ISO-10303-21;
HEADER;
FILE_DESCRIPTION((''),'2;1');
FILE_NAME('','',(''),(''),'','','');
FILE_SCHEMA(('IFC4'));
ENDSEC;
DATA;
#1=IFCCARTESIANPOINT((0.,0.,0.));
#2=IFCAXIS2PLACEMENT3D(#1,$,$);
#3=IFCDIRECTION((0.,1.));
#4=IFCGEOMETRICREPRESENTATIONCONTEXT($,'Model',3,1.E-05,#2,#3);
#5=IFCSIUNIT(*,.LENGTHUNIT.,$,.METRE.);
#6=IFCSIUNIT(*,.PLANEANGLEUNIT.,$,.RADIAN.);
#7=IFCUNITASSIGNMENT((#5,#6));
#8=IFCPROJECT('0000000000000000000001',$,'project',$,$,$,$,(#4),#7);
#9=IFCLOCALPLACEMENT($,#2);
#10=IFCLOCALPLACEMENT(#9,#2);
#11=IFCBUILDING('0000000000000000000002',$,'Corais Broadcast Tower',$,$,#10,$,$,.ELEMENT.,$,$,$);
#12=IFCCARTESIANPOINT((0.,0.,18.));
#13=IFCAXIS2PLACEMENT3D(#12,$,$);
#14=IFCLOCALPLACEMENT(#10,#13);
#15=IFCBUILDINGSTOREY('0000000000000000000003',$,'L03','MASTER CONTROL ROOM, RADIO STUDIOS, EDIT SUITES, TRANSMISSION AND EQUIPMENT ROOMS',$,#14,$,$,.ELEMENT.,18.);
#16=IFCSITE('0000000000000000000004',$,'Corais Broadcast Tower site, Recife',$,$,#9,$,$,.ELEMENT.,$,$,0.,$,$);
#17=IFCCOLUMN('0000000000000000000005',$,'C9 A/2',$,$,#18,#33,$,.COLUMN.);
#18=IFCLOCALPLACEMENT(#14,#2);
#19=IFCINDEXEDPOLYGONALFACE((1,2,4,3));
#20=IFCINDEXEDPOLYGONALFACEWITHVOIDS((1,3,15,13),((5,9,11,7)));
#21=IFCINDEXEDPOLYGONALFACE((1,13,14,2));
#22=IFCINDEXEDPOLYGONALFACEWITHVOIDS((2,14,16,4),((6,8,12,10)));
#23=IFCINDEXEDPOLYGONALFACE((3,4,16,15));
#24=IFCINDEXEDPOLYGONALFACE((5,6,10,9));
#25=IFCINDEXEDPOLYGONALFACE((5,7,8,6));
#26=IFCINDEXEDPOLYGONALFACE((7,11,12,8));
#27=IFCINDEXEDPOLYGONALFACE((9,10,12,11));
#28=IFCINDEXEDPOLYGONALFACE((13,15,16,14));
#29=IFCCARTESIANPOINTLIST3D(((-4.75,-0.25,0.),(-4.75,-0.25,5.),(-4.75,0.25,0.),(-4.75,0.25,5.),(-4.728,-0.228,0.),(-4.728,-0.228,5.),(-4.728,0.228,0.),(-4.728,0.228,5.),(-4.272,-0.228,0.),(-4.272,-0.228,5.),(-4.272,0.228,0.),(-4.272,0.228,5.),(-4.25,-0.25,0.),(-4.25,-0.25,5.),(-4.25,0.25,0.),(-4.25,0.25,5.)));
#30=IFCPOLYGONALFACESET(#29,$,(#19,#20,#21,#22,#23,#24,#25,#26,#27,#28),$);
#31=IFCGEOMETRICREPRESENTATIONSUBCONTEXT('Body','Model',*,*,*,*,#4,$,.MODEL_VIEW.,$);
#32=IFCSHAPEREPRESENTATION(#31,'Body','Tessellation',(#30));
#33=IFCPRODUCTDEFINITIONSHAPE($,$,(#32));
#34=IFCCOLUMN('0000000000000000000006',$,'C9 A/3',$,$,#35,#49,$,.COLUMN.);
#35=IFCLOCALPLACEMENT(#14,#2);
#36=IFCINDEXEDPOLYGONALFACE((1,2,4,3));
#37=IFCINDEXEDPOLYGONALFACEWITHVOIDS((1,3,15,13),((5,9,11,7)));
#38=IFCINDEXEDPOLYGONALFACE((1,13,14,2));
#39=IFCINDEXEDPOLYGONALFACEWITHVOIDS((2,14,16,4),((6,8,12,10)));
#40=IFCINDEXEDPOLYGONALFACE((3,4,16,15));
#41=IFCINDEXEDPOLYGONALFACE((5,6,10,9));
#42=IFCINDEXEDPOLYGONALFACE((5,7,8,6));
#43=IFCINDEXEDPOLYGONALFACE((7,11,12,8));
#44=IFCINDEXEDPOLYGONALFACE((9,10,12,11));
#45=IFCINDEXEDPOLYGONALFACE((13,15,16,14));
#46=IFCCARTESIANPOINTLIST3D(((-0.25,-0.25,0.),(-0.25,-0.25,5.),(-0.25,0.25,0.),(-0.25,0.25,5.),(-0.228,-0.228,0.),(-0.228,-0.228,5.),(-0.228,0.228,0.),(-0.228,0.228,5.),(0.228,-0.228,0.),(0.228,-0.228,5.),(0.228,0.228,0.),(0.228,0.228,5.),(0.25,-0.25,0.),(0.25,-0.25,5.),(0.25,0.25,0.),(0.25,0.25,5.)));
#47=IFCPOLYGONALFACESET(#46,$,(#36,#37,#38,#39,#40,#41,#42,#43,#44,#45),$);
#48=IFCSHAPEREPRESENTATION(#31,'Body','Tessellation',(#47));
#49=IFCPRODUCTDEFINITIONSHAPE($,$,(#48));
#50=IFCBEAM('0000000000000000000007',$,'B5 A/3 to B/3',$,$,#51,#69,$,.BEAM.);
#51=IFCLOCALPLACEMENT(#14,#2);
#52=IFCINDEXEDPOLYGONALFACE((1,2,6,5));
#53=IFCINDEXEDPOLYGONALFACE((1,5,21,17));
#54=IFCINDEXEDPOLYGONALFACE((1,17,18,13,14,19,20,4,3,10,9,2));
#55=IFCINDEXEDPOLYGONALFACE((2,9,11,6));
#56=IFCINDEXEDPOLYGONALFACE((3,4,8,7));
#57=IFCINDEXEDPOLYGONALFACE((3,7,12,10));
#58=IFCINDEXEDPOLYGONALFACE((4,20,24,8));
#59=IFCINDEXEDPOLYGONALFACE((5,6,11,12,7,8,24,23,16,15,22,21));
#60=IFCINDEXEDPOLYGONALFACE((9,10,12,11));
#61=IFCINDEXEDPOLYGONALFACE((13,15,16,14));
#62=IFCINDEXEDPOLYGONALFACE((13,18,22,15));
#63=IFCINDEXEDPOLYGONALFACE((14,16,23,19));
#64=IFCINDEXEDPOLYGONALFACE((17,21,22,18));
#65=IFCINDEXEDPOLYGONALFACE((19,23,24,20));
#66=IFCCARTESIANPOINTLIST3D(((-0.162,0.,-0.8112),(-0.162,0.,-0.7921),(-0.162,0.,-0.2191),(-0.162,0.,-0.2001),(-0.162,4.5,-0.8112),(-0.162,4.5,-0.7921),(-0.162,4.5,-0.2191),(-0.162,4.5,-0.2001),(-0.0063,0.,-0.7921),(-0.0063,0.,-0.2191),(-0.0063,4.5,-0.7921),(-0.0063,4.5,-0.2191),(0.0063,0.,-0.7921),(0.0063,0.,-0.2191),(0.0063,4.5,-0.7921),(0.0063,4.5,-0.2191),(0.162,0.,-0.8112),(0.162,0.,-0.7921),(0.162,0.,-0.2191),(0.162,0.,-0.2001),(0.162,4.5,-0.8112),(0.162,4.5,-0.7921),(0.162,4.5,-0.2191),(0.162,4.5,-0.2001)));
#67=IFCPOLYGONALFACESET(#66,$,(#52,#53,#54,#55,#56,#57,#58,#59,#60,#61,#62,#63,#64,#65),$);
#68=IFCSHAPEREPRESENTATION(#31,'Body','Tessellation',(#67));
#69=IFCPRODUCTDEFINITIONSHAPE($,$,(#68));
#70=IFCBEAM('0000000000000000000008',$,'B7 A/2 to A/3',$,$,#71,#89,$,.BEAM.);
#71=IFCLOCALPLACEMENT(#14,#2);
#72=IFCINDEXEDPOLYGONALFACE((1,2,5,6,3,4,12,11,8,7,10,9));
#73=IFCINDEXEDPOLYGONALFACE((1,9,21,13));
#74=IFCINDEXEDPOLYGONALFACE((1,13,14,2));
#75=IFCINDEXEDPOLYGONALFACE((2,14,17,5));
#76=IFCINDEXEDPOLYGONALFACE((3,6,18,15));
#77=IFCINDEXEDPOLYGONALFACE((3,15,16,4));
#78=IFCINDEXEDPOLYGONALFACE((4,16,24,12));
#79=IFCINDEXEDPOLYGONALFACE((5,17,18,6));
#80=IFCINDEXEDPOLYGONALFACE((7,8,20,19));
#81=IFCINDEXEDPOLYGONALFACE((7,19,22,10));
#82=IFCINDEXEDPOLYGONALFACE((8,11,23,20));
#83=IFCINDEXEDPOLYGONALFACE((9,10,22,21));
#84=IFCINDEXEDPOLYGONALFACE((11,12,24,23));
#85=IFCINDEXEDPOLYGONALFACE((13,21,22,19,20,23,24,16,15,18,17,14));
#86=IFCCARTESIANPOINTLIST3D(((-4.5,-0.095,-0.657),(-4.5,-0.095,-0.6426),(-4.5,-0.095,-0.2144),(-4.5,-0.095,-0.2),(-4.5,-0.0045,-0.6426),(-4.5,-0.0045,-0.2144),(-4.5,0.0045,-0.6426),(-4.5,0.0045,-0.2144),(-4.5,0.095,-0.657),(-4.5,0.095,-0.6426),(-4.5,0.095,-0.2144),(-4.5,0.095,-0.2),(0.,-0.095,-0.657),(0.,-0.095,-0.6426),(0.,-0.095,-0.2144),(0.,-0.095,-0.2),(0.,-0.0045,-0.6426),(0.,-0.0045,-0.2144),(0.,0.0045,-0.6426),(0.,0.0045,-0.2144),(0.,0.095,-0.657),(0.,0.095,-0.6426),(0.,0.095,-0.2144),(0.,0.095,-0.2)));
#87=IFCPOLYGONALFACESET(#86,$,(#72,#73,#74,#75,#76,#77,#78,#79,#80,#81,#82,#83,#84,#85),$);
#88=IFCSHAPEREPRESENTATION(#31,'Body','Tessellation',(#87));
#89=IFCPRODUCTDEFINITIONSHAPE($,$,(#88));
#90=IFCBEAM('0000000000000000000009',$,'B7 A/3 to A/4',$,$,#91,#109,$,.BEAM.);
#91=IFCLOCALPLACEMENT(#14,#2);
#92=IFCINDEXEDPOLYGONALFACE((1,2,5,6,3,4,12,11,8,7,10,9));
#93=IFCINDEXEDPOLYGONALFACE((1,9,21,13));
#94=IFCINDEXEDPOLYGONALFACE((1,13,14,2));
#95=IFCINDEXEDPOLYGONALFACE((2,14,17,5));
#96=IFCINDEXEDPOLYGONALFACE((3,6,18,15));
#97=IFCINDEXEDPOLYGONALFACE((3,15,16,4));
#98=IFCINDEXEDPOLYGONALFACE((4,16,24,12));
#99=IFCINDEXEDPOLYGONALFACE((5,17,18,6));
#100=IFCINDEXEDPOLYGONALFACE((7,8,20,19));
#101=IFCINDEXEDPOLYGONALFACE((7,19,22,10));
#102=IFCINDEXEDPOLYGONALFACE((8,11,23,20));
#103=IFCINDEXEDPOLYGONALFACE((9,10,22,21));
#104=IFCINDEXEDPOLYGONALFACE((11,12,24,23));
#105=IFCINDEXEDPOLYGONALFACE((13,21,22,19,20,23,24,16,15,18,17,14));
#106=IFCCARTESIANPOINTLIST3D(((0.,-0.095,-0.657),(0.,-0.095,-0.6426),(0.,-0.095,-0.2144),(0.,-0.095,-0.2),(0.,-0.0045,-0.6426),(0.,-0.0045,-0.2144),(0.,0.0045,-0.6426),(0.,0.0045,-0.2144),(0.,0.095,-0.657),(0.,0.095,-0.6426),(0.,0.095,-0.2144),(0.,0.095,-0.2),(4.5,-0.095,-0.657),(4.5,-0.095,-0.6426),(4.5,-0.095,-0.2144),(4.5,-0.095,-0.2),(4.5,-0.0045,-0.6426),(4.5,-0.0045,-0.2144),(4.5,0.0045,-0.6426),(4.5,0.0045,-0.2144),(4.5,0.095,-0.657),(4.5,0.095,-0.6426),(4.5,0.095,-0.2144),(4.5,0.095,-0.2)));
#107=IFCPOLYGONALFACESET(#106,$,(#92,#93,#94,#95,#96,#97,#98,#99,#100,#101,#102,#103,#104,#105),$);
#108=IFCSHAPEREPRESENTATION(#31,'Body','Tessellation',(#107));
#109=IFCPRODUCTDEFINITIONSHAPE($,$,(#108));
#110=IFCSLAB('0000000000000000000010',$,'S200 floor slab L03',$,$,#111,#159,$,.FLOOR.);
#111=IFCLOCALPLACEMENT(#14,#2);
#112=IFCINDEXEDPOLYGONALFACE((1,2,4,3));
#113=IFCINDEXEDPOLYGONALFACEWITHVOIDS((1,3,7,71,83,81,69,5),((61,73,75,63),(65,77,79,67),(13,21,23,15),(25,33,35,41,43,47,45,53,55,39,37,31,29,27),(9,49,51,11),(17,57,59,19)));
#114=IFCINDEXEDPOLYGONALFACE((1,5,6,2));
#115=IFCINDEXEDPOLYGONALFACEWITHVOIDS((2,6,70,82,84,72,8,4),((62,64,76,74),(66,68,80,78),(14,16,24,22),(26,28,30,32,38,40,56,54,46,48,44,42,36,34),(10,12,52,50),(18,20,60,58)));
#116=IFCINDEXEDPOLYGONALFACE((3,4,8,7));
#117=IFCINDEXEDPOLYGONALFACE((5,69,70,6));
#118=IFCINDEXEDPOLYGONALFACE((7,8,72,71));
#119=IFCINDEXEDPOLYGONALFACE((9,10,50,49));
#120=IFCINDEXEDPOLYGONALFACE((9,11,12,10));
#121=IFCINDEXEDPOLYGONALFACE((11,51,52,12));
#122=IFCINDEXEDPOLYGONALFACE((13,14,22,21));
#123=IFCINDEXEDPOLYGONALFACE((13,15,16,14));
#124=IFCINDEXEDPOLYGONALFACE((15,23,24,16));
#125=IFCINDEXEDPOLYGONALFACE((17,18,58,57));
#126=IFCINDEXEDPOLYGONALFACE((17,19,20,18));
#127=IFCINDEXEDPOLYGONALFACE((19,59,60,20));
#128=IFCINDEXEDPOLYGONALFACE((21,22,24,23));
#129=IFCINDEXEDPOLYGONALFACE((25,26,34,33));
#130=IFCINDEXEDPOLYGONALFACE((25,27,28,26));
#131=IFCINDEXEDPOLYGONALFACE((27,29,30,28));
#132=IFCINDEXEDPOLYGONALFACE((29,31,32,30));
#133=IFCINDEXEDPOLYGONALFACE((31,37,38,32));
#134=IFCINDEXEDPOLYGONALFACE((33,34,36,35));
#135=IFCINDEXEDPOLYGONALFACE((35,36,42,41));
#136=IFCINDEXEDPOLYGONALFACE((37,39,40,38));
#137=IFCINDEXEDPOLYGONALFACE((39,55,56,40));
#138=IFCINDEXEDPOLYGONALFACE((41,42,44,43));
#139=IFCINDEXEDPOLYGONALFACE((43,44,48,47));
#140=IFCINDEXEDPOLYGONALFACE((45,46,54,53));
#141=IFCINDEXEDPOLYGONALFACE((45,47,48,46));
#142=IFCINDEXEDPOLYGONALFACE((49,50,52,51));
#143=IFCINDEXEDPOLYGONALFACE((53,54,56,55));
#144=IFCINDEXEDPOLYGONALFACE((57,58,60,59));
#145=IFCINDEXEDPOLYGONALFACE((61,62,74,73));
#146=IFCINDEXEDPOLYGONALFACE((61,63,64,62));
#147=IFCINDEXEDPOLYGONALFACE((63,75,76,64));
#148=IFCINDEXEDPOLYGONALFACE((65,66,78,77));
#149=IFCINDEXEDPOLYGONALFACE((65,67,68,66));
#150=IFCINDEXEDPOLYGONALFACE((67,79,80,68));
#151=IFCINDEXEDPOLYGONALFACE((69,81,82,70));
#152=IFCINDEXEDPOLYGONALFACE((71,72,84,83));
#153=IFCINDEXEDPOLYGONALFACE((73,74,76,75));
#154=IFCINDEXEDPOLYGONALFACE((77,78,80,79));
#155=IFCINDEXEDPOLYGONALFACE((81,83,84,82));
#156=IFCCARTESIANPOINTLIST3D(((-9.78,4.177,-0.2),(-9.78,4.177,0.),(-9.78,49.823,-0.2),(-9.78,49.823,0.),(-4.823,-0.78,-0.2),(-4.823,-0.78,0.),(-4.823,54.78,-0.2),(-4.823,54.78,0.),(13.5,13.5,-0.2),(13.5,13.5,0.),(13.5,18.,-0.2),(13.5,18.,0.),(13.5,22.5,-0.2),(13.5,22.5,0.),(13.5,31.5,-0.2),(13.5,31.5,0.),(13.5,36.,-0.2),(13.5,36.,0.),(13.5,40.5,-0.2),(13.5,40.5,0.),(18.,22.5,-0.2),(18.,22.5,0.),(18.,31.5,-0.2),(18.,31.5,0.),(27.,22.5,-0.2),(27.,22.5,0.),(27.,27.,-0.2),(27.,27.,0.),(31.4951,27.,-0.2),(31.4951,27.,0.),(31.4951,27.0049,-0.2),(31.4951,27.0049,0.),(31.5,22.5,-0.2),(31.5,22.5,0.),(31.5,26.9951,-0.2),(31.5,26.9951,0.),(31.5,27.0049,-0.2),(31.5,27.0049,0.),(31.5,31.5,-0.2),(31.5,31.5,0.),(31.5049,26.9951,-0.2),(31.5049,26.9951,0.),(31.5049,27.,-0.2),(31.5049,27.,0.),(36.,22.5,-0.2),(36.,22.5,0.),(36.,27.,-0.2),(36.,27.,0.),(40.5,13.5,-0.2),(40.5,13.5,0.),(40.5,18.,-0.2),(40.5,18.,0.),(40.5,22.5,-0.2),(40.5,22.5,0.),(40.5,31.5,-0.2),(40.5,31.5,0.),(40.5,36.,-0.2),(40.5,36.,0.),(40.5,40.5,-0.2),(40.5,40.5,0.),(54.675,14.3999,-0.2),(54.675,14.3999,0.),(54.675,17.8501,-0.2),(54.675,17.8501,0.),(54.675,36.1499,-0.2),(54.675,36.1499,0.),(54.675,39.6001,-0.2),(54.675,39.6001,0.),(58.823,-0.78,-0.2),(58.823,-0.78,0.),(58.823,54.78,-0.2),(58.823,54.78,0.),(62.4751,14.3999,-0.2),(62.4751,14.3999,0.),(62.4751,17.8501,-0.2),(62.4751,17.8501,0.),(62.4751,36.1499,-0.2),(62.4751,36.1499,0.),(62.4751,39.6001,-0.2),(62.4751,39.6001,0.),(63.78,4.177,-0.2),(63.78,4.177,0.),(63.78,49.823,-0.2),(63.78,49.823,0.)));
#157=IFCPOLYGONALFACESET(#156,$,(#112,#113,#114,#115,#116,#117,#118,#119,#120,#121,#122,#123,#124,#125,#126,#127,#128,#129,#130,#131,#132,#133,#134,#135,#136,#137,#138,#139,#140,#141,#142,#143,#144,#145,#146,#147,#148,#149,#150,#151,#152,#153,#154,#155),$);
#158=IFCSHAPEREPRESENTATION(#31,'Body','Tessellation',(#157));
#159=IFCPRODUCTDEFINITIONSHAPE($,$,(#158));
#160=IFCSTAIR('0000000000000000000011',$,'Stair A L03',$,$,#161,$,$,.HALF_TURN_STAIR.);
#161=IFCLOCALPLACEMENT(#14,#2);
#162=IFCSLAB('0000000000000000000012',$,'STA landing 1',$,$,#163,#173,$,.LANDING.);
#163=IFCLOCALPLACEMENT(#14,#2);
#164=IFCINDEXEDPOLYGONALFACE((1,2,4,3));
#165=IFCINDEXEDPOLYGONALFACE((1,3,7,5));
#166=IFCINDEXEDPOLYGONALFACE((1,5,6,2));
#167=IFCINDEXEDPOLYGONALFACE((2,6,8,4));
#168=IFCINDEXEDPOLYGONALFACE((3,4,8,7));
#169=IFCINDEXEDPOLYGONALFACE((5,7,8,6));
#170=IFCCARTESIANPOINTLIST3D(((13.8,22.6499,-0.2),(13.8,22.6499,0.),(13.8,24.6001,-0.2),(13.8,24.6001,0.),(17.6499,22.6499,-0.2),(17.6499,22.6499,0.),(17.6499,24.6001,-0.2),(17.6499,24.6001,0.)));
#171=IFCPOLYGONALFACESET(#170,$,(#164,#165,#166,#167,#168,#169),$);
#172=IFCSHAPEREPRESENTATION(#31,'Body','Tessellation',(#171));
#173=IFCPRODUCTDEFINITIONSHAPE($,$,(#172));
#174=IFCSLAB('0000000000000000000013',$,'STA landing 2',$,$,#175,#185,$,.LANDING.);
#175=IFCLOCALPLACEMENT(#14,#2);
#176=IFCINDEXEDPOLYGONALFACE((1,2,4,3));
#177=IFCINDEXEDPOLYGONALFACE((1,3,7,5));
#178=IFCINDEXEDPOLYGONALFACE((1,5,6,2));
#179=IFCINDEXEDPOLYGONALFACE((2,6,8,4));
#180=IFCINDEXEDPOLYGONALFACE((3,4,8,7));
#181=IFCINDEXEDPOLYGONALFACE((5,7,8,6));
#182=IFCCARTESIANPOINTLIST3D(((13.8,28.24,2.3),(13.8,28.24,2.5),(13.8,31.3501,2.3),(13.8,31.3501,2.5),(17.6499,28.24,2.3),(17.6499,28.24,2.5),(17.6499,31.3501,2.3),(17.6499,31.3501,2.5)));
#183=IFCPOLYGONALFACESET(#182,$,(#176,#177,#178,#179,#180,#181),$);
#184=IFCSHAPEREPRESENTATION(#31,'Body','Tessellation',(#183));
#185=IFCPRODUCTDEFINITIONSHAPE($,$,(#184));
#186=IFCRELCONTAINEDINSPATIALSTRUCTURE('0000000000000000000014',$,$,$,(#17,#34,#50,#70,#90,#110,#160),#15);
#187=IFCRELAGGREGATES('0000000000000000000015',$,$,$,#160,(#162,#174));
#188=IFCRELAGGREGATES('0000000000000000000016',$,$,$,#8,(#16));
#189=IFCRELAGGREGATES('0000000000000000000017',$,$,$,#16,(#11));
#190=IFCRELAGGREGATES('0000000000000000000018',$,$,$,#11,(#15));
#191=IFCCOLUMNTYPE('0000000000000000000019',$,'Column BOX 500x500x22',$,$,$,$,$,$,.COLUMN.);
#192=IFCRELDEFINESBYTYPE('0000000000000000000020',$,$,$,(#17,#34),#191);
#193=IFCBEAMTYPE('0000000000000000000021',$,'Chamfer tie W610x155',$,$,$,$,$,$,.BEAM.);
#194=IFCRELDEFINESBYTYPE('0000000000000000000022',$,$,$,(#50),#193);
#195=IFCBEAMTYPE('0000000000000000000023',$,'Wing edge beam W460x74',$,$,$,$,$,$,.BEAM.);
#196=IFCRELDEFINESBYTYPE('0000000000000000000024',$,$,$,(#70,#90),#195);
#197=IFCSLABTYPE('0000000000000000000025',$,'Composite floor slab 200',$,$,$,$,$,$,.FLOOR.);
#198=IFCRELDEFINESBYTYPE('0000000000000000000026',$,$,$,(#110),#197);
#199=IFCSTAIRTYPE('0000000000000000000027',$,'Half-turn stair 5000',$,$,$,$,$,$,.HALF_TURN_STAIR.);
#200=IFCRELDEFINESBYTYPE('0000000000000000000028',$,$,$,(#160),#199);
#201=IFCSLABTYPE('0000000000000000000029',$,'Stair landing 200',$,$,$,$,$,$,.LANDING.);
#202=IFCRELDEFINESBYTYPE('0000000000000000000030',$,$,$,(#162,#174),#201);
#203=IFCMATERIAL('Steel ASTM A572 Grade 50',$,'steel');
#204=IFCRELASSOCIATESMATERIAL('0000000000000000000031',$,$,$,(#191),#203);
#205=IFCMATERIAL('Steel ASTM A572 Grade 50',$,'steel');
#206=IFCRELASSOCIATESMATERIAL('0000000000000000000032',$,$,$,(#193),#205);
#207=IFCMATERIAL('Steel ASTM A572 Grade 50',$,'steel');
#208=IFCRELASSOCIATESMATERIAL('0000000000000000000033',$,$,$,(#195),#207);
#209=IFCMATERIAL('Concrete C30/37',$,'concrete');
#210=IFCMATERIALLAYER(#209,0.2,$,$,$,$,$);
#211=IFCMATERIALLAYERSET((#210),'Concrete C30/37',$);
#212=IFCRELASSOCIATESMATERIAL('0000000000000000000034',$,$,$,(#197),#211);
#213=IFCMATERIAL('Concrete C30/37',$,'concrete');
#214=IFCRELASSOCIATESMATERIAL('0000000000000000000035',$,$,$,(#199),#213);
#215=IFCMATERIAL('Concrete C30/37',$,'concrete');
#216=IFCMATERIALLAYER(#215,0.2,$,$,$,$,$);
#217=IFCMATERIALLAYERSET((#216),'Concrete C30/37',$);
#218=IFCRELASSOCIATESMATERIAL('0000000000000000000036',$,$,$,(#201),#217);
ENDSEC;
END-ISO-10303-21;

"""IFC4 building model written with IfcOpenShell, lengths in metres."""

from ifc_helpers import new_model, si_unit, direction, frame, origin, origin_2d, place, context, subcontext, project, spatial, polyline, hollow_rectangle, i_section, outline, extrude, material, layer, layer_set, material_profile, profile_set, type_object, element, aggregate, save


model = new_model("IFC4")

# Units and contexts
model_context = context("Model", 3, precision=1e-05, world=origin(), true_north=direction((0.0, 1.0)))
body_context = subcontext(model_context, "Body", "Model", "MODEL_VIEW")
ifc_project = project(units=[si_unit("LENGTHUNIT", "METRE"), si_unit("PLANEANGLEUNIT", "RADIAN")], contexts=[model_context])

# Site, building, storey
site_placement = place(None, origin())
site = spatial("IfcSite", under=ifc_project, at=site_placement, Name="Corais Broadcast Tower site, Recife", CompositionType="ELEMENT", RefElevation=0.0)
building_placement = place(site_placement, origin())
building = spatial("IfcBuilding", under=site, at=building_placement, Name="Corais Broadcast Tower", CompositionType="ELEMENT")
storey_placement = place(building_placement, frame((0.0, 0.0, 18.0)))
storey = spatial("IfcBuildingStorey", under=building, at=storey_placement, Name="L03", Description="MASTER CONTROL ROOM, RADIO STUDIOS, EDIT SUITES, TRANSMISSION AND EQUIPMENT ROOMS", CompositionType="ELEMENT", Elevation=18.0)

# Columns
ifc_material_1 = material(Name="Steel ASTM A572 Grade 50", Category="steel")
ifc_material_profile_1 = material_profile(ifc_material_1, hollow_rectangle(XDim=0.5, YDim=0.5, WallThickness=0.022, at=origin_2d()), Name="BOX 500x500x22")
ifc_profile_set_1 = profile_set([ifc_material_profile_1], Name="Steel ASTM A572 Grade 50")
column_type = type_object("IfcColumnType", Name="Column BOX 500x500x22", PredefinedType="COLUMN", material=ifc_profile_set_1)
for number, where, z_axis, x_axis, name in (
    (1, (-4.5, 0.0, 0.0), (0.0, 0.0, 1.0), (1.0, 0.0, 0.0), "C9 A/2"),
    (2, (0.0, 0.0, 0.0), (0.0, 0.0, 1.0), (1.0, 0.0, 0.0), "C9 A/3"),
):
    element("IfcColumn", number, at=place(storey_placement, frame(where, z_axis=z_axis, x_axis=x_axis)), inside=storey, type_object=column_type, Name=name, PredefinedType="COLUMN", context=body_context, shape_type="SweptSolid", body=[
        extrude(hollow_rectangle(XDim=0.5, YDim=0.5, WallThickness=0.022, at=origin_2d()), origin(), (0.0, 0.0, 1.0), 5.0),
    ])

# Beams
ifc_material_2 = material(Name="Steel ASTM A572 Grade 50", Category="steel")
ifc_material_profile_2 = material_profile(ifc_material_2, i_section(OverallWidth=0.324, OverallDepth=0.6111, WebThickness=0.0127, FlangeThickness=0.019, at=origin_2d()), Name="W610x155")
ifc_profile_set_2 = profile_set([ifc_material_profile_2], Name="Steel ASTM A572 Grade 50")
beam_type_1 = type_object("IfcBeamType", Name="Chamfer tie W610x155", PredefinedType="BEAM", material=ifc_profile_set_2)
beam_placement = place(storey_placement, frame((0.0, 0.0, -0.5056), z_axis=(0.0, 1.0, 0.0), x_axis=(-1.0, 0.0, 0.0)))
element("IfcBeam", 3, at=beam_placement, inside=storey, type_object=beam_type_1, Name="B5 A/3 to B/3", PredefinedType="BEAM", context=body_context, shape_type="SweptSolid", body=[
    extrude(i_section(OverallWidth=0.324, OverallDepth=0.6111, WebThickness=0.0127, FlangeThickness=0.019, at=origin_2d()), origin(), (0.0, 0.0, 1.0), 4.5),
])
ifc_material_3 = material(Name="Steel ASTM A572 Grade 50", Category="steel")
ifc_material_profile_3 = material_profile(ifc_material_3, i_section(OverallWidth=0.1899, OverallDepth=0.457, WebThickness=0.009, FlangeThickness=0.0144, at=origin_2d()), Name="W460x74")
ifc_profile_set_3 = profile_set([ifc_material_profile_3], Name="Steel ASTM A572 Grade 50")
beam_type_2 = type_object("IfcBeamType", Name="Wing edge beam W460x74", PredefinedType="BEAM", material=ifc_profile_set_3)
for number, where, z_axis, x_axis, name in (
    (4, (-4.5, 0.0, -0.4285), (1.0, 0.0, 0.0), (0.0, 1.0, 0.0), "B7 A/2 to A/3"),
    (5, (0.0, 0.0, -0.4285), (1.0, 0.0, 0.0), (0.0, 1.0, 0.0), "B7 A/3 to A/4"),
):
    element("IfcBeam", number, at=place(storey_placement, frame(where, z_axis=z_axis, x_axis=x_axis)), inside=storey, type_object=beam_type_2, Name=name, PredefinedType="BEAM", context=body_context, shape_type="SweptSolid", body=[
        extrude(i_section(OverallWidth=0.1899, OverallDepth=0.457, WebThickness=0.009, FlangeThickness=0.0144, at=origin_2d()), origin(), (0.0, 0.0, 1.0), 4.5),
    ])

# Slab
ifc_material_4 = material(Name="Concrete C30/37", Category="concrete")
ifc_layer_1 = layer(ifc_material_4, 0.2)
ifc_layer_set_1 = layer_set([ifc_layer_1], Name="Concrete C30/37")
slab_type_1 = type_object("IfcSlabType", Name="Composite floor slab 200", PredefinedType="FLOOR", material=ifc_layer_set_1)
slab_1_placement = place(storey_placement, frame((0.0, 0.0, -0.2)))
element("IfcSlab", 6, at=slab_1_placement, inside=storey, type_object=slab_type_1, Name="S200 floor slab L03", PredefinedType="FLOOR", context=body_context, shape_type="SweptSolid", body=[
    extrude(outline(polyline([(-4.823, -0.78), (-9.78, 4.177), (-9.78, 49.823), (-4.823, 54.78), (58.823, 54.78), (63.78, 49.823), (63.78, 4.177), (58.823, -0.78), (-4.823, -0.78)]), holes=[polyline([(13.5, 18.0), (40.5, 18.0), (40.5, 13.5), (13.5, 13.5), (13.5, 18.0)]), polyline([(18.0, 22.5), (13.5, 22.5), (13.5, 31.5), (18.0, 31.5), (18.0, 22.5)]), polyline([(13.5, 40.5), (40.5, 40.5), (40.5, 36.0), (13.5, 36.0), (13.5, 40.5)]), polyline([(27.0, 22.5), (27.0, 27.0), (31.4951, 27.0), (31.4951, 27.0049), (31.5, 27.0049), (31.5, 31.5), (40.5, 31.5), (40.5, 22.5), (36.0, 22.5), (36.0, 27.0), (31.5049, 27.0), (31.5049, 26.9951), (31.5, 26.9951), (31.5, 22.5), (27.0, 22.5)]), polyline([(54.675, 14.3999), (54.675, 17.8501), (62.4751, 17.8501), (62.4751, 14.3999), (54.675, 14.3999)]), polyline([(54.675, 36.1499), (54.675, 39.6001), (62.4751, 39.6001), (62.4751, 36.1499), (54.675, 36.1499)])]), origin(), (0.0, 0.0, 1.0), 0.2),
])

# Stair, slabs
ifc_material_5 = material(Name="Concrete C30/37", Category="concrete")
stair_type = type_object("IfcStairType", Name="Half-turn stair 5000", PredefinedType="HALF_TURN_STAIR", material=ifc_material_5)
stair_1_placement = place(storey_placement, origin())
stair_1 = element("IfcStair", 7, at=stair_1_placement, inside=storey, type_object=stair_type, Name="Stair A L03", PredefinedType="HALF_TURN_STAIR")
ifc_material_6 = material(Name="Concrete C30/37", Category="concrete")
ifc_layer_2 = layer(ifc_material_6, 0.2)
ifc_layer_set_2 = layer_set([ifc_layer_2], Name="Concrete C30/37")
slab_type_2 = type_object("IfcSlabType", Name="Stair landing 200", PredefinedType="LANDING", material=ifc_layer_set_2)
slab_2_placement = place(storey_placement, frame((0.0, 0.0, -0.2)))
slab_2 = element("IfcSlab", 8, at=slab_2_placement, type_object=slab_type_2, Name="STA landing 1", PredefinedType="LANDING", context=body_context, shape_type="SweptSolid", body=[
    extrude(outline(polyline([(13.8, 22.6499), (17.6499, 22.6499), (17.6499, 24.6001), (13.8, 24.6001), (13.8, 22.6499)])), origin(), (0.0, 0.0, 1.0), 0.2),
])
slab_3_placement = place(storey_placement, frame((0.0, 0.0, 2.3)))
slab_3 = element("IfcSlab", 9, at=slab_3_placement, type_object=slab_type_2, Name="STA landing 2", PredefinedType="LANDING", context=body_context, shape_type="SweptSolid", body=[
    extrude(outline(polyline([(13.8, 28.24), (17.6499, 28.24), (17.6499, 31.3501), (13.8, 31.3501), (13.8, 28.24)])), origin(), (0.0, 0.0, 1.0), 0.2),
])
aggregate(stair_1, [slab_2, slab_3])

save(model, "model.ifc")
